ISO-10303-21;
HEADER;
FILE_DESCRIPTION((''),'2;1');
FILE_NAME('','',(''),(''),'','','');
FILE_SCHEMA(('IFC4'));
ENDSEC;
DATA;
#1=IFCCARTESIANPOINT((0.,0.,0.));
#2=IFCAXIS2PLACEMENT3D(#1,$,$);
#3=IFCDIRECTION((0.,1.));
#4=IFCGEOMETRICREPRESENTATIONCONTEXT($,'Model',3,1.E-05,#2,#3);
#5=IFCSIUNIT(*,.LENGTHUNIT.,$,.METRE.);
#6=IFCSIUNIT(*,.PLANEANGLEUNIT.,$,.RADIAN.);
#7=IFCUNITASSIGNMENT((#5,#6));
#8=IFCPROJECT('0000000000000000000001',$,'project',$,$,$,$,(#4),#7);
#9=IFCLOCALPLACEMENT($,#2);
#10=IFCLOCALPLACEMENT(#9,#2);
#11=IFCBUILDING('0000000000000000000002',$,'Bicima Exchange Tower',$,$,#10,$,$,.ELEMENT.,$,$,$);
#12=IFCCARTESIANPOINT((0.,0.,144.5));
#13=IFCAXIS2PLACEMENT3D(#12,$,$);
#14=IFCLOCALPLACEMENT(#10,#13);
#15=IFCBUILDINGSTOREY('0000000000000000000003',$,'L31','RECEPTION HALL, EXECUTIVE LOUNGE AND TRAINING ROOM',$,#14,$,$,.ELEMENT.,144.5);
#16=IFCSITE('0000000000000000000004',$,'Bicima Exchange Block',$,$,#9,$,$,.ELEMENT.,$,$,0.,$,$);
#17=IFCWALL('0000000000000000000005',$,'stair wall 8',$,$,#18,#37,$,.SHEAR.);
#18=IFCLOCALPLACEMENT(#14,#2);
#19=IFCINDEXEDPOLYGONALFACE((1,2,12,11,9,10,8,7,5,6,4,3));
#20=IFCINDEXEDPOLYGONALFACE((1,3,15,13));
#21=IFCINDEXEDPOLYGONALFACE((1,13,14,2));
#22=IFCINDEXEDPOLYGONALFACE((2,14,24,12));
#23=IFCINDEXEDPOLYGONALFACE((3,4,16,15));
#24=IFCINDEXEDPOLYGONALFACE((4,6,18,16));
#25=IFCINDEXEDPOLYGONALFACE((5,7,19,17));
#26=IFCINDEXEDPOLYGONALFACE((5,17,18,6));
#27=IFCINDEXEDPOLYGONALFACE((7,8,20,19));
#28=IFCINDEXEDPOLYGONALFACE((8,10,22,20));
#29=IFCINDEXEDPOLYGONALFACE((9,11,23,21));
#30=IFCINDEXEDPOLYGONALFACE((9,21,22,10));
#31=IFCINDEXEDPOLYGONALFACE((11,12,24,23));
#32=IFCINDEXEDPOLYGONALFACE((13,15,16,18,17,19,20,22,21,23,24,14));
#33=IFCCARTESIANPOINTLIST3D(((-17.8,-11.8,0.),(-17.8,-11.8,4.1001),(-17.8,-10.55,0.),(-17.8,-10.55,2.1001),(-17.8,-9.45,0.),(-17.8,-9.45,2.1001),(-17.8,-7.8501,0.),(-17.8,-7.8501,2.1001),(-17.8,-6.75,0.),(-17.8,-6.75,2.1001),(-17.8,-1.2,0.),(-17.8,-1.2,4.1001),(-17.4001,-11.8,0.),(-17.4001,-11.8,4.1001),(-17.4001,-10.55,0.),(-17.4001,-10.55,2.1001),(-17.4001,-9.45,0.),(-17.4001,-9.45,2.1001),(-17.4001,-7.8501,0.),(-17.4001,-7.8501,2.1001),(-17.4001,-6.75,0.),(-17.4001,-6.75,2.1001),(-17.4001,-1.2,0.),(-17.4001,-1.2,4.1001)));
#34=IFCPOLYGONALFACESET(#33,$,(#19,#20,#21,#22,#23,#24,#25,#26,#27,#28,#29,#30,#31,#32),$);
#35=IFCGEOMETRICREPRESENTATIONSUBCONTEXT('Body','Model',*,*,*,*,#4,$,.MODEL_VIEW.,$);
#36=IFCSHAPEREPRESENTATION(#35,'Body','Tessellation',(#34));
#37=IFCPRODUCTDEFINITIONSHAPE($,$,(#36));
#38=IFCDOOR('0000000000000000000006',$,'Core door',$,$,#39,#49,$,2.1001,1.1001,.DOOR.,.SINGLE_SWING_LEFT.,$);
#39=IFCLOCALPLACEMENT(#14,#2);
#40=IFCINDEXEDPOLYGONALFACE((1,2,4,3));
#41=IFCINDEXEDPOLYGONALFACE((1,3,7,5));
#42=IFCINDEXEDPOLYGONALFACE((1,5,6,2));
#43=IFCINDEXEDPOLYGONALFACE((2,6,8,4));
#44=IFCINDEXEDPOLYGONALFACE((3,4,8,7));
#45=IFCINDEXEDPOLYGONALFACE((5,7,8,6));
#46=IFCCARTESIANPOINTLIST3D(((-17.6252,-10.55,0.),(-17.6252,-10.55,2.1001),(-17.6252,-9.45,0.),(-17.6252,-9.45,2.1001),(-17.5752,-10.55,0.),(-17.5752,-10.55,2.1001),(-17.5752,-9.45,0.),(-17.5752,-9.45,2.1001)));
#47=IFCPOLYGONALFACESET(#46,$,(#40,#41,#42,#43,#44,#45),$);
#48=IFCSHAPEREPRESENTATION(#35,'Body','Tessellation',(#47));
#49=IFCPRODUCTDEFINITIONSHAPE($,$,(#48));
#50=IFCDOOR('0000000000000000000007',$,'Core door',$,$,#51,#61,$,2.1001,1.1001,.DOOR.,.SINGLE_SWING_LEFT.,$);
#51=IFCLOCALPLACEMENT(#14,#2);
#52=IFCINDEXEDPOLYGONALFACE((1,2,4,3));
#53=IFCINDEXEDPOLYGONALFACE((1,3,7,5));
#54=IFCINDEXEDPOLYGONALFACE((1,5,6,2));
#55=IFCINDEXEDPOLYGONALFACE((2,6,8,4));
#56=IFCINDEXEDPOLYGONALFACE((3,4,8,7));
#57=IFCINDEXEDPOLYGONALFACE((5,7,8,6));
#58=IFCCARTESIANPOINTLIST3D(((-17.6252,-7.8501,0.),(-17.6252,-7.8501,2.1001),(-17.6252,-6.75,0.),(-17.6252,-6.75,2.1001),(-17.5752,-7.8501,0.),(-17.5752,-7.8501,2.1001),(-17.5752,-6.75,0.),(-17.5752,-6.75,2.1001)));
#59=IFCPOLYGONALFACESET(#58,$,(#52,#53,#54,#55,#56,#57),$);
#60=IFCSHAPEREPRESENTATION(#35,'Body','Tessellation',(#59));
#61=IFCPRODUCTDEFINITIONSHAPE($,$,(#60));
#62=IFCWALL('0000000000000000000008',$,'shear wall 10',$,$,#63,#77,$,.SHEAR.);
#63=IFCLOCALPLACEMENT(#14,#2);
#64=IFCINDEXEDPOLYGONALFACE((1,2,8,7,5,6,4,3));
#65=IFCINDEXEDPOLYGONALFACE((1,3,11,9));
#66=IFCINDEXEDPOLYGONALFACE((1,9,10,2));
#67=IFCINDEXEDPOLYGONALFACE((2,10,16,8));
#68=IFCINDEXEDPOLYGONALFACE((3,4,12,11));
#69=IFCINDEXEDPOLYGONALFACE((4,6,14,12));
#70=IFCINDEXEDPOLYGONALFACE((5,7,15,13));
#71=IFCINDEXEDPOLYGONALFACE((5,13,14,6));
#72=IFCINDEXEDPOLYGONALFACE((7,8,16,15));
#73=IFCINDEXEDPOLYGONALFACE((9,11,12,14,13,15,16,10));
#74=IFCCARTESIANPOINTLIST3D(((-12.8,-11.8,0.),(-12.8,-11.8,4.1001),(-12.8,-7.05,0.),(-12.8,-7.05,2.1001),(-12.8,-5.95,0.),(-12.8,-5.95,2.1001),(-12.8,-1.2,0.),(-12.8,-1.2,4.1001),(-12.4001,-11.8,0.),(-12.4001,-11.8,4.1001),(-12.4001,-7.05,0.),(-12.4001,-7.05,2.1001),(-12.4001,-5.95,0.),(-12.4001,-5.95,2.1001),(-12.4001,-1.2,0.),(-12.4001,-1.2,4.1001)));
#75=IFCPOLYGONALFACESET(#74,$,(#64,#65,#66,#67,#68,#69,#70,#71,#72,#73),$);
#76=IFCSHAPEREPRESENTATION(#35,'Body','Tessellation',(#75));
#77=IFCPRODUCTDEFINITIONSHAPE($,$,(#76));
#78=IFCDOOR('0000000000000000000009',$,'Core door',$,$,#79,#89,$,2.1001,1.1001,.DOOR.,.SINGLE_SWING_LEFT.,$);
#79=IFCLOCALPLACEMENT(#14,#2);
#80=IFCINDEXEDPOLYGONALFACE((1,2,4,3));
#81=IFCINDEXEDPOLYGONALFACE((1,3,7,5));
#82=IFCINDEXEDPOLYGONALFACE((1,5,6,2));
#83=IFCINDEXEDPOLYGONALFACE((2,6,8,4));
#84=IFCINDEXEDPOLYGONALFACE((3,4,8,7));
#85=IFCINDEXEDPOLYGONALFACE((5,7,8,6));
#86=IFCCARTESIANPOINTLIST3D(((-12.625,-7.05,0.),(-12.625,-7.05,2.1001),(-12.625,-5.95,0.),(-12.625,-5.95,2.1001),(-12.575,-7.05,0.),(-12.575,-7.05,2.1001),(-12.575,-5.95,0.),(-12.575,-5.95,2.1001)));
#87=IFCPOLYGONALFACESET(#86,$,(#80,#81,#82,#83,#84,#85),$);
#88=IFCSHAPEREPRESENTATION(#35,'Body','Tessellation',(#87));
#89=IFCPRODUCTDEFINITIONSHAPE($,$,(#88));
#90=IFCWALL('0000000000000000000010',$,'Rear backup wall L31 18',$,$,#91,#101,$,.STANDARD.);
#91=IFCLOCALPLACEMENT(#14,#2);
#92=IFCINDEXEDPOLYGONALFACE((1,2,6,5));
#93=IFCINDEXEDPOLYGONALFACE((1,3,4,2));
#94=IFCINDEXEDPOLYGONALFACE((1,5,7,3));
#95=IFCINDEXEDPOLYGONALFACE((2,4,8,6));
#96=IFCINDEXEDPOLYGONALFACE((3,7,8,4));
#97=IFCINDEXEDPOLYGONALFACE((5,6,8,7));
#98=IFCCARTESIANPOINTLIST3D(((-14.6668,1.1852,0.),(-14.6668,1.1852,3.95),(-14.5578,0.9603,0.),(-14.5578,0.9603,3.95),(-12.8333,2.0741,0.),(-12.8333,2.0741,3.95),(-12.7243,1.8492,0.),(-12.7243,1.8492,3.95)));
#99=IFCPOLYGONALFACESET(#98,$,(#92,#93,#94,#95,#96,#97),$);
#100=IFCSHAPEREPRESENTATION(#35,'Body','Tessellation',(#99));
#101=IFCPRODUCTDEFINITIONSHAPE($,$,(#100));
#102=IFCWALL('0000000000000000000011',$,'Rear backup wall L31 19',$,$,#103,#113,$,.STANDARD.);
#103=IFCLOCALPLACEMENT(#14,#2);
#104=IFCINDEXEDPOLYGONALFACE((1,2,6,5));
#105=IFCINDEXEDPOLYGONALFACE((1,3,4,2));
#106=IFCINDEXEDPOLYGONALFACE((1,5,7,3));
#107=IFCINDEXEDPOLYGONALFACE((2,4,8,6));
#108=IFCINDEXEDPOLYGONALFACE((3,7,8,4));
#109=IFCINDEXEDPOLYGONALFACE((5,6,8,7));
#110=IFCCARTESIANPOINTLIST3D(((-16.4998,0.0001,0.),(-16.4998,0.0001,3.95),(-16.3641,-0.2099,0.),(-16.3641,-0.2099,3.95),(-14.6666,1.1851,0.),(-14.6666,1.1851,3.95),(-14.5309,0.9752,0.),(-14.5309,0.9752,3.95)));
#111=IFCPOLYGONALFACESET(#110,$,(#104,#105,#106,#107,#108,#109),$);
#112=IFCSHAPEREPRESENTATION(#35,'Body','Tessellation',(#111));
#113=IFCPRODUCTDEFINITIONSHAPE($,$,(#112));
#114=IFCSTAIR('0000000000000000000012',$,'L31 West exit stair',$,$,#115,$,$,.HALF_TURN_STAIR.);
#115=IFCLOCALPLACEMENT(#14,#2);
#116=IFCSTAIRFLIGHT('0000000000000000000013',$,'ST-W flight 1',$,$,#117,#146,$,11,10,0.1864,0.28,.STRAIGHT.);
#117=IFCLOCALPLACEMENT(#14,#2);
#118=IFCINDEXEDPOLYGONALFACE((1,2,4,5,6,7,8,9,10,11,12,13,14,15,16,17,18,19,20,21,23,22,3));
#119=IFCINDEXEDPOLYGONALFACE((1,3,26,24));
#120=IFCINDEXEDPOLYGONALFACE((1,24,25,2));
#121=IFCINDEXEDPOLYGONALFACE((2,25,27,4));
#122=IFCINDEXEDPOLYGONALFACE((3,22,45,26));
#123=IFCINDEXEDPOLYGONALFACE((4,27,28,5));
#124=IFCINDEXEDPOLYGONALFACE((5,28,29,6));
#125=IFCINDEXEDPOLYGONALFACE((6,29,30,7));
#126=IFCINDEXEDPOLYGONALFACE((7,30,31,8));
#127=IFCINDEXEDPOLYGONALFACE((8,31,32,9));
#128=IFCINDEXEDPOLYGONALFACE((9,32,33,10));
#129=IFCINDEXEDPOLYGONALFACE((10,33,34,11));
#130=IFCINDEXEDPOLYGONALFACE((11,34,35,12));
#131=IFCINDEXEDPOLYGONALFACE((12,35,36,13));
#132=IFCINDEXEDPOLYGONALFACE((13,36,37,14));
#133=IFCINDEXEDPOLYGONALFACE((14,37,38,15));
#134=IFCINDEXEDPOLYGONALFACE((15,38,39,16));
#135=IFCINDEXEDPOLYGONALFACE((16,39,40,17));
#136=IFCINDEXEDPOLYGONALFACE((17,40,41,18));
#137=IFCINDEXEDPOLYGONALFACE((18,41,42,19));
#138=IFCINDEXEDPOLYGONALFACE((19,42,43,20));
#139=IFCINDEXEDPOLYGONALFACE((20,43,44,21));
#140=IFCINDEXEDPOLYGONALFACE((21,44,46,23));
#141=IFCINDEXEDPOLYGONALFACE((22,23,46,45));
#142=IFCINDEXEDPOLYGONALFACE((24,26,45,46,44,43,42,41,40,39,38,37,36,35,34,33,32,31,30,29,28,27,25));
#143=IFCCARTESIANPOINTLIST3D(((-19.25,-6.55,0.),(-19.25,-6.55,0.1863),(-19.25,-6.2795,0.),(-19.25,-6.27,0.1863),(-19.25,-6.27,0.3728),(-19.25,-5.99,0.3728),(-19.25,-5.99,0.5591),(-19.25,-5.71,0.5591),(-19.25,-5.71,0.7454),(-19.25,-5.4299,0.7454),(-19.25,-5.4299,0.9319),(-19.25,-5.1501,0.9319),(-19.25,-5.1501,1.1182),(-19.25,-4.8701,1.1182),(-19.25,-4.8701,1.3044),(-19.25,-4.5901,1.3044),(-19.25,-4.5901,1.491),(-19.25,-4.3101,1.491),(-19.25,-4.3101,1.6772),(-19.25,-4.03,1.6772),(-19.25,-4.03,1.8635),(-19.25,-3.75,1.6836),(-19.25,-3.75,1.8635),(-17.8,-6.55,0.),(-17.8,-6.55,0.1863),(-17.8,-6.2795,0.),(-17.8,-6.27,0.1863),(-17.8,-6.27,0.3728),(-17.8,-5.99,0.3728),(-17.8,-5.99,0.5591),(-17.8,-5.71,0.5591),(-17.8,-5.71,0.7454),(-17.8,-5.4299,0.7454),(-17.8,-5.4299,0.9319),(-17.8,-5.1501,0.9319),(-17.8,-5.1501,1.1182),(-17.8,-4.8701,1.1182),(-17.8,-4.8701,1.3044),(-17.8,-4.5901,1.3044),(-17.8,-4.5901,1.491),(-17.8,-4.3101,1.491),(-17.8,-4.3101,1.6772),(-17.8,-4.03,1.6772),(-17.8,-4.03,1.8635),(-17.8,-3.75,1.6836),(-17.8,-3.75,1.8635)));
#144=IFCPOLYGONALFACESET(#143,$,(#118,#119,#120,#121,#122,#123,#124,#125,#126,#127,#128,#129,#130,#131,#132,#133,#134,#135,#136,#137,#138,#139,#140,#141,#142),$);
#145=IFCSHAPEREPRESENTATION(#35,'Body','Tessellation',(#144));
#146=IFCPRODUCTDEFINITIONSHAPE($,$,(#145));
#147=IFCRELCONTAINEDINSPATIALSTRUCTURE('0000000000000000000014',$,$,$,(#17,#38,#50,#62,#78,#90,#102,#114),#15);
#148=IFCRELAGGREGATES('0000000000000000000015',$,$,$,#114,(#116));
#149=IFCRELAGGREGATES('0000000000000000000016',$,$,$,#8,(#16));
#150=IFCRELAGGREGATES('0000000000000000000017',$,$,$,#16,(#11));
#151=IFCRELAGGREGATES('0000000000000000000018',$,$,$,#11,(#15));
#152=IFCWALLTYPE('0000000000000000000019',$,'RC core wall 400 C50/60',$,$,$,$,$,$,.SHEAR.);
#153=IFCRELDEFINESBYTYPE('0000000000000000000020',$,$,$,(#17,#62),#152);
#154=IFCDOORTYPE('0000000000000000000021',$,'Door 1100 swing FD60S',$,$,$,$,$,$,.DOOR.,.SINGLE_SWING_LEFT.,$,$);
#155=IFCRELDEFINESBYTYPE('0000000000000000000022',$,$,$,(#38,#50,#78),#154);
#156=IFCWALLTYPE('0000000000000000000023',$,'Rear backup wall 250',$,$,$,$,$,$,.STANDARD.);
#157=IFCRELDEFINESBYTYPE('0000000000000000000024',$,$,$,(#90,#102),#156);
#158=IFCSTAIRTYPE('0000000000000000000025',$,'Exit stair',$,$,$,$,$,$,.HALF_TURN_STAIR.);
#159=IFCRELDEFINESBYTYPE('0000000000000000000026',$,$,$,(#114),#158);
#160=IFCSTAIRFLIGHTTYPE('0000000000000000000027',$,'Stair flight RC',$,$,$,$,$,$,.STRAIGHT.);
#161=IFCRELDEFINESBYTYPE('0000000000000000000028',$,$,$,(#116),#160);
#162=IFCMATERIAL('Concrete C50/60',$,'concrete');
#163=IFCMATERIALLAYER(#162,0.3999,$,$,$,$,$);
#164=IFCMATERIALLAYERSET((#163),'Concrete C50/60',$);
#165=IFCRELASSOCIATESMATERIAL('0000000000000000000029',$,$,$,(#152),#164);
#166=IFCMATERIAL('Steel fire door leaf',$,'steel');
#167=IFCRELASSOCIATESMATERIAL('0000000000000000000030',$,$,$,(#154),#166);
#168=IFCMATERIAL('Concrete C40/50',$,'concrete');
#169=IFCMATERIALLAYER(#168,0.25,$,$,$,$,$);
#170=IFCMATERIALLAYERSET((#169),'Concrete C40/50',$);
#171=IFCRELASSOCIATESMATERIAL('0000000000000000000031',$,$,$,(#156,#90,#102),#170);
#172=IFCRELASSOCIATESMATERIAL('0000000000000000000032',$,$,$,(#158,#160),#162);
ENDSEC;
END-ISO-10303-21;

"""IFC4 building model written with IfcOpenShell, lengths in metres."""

from ifc_helpers import new_model, si_unit, direction, frame, frame_2d, origin, place, context, subcontext, project, spatial, polyline, rectangle, outline, extrude, material, layer, layer_set, layer_usage, type_object, element, fill, aggregate, save


model = new_model("IFC4")

# Units and contexts
model_context = context("Model", 3, precision=1e-05, world=origin(), true_north=direction((0.0, 1.0)))
body_context = subcontext(model_context, "Body", "Model", "MODEL_VIEW")
ifc_project = project(units=[si_unit("LENGTHUNIT", "METRE"), si_unit("PLANEANGLEUNIT", "RADIAN")], contexts=[model_context])

# Site, building, storey
site_placement = place(None, origin())
site = spatial("IfcSite", under=ifc_project, at=site_placement, Name="Bicima Exchange Block", CompositionType="ELEMENT", RefElevation=0.0)
building_placement = place(site_placement, origin())
building = spatial("IfcBuilding", under=site, at=building_placement, Name="Bicima Exchange Tower", CompositionType="ELEMENT")
storey_placement = place(building_placement, frame((0.0, 0.0, 144.5)))
storey = spatial("IfcBuildingStorey", under=building, at=storey_placement, Name="L31", Description="RECEPTION HALL, EXECUTIVE LOUNGE AND TRAINING ROOM", CompositionType="ELEMENT", Elevation=144.5)

# Shared definitions
ifc_material_1 = material(Name="Concrete C50/60", Category="concrete")
ifc_layer_1 = layer(ifc_material_1, 0.3999)
ifc_layer_set_1 = layer_set([ifc_layer_1], Name="Concrete C50/60")
wall_type_1 = type_object("IfcWallType", Name="RC core wall 400 C50/60", PredefinedType="SHEAR", material=ifc_layer_set_1)
ifc_material_2 = material(Name="Steel fire door leaf", Category="steel")

# Wall, openings, doors
wall_1_placement = place(storey_placement, frame((-17.6001, -11.8, 0.0), z_axis=(0.0, 0.0, 1.0), x_axis=(0.0, 1.0, 0.0)))
wall_1 = element("IfcWall", 1, at=wall_1_placement, inside=storey, type_object=wall_type_1, Name="stair wall 8", PredefinedType="SHEAR", context=body_context, shape_type="SweptSolid", body=[
    extrude(rectangle(XDim=10.6001, YDim=0.3999, at=frame_2d((5.3, 0.0))), origin(), (0.0, 0.0, 1.0), 4.1001),
])
opening_1_placement = place(wall_1_placement, frame((1.25, 0.0, 0.0)))
opening_1 = element("IfcOpeningElement", 2, at=opening_1_placement, cuts=wall_1, PredefinedType="OPENING", context=body_context, shape_type="SweptSolid", body=[
    extrude(rectangle(XDim=1.1001, YDim=2.1001, at=frame_2d((0.55, 1.05))), frame((0.0, 0.2119, 0.0), z_axis=(0.0, -1.0, 0.0), x_axis=(1.0, 0.0, 0.0)), (0.0, 0.0, 1.0), 0.4238),
])
opening_2_placement = place(wall_1_placement, frame((3.95, 0.0, 0.0)))
opening_2 = element("IfcOpeningElement", 3, at=opening_2_placement, cuts=wall_1, PredefinedType="OPENING", context=body_context, shape_type="SweptSolid", body=[
    extrude(rectangle(XDim=1.1001, YDim=2.1001, at=frame_2d((0.55, 1.05))), frame((0.0, 0.2119, 0.0), z_axis=(0.0, -1.0, 0.0), x_axis=(1.0, 0.0, 0.0)), (0.0, 0.0, 1.0), 0.4238),
])
door_type_1 = type_object("IfcDoorType", Name="Door 1100 swing FD60S", OperationType="SINGLE_SWING_LEFT", PredefinedType="DOOR", material=ifc_material_2)
door_1_placement = place(opening_1_placement, frame((1.1001, 0.0, 0.0), z_axis=(0.0, 0.0, 1.0), x_axis=(-1.0, 0.0, 0.0)))
door_1 = element("IfcDoor", 4, at=door_1_placement, inside=storey, type_object=door_type_1, Name="Core door", OperationType="SINGLE_SWING_LEFT", OverallHeight=2.1001, OverallWidth=1.1001, PredefinedType="DOOR", context=body_context, shape_type="SweptSolid", body=[
    extrude(rectangle(XDim=1.1001, YDim=2.1001, at=frame_2d((0.55, 1.05))), frame((0.0, 0.0249, 0.0), z_axis=(0.0, -1.0, 0.0), x_axis=(1.0, 0.0, 0.0)), (0.0, 0.0, 1.0), 0.05),
])
fill(opening_1, door_1)
door_2_placement = place(opening_2_placement, frame((1.1001, 0.0, 0.0), z_axis=(0.0, 0.0, 1.0), x_axis=(-1.0, 0.0, 0.0)))
door_2 = element("IfcDoor", 5, at=door_2_placement, inside=storey, type_object=door_type_1, Name="Core door", OperationType="SINGLE_SWING_LEFT", OverallHeight=2.1001, OverallWidth=1.1001, PredefinedType="DOOR", context=body_context, shape_type="SweptSolid", body=[
    extrude(rectangle(XDim=1.1001, YDim=2.1001, at=frame_2d((0.55, 1.05))), frame((0.0, 0.0249, 0.0), z_axis=(0.0, -1.0, 0.0), x_axis=(1.0, 0.0, 0.0)), (0.0, 0.0, 1.0), 0.05),
])
fill(opening_2, door_2)

# Wall, opening, door
wall_2_placement = place(storey_placement, frame((-12.6001, -11.8, 0.0), z_axis=(0.0, 0.0, 1.0), x_axis=(0.0, 1.0, 0.0)))
wall_2 = element("IfcWall", 6, at=wall_2_placement, inside=storey, type_object=wall_type_1, Name="shear wall 10", PredefinedType="SHEAR", context=body_context, shape_type="SweptSolid", body=[
    extrude(rectangle(XDim=10.6001, YDim=0.3999, at=frame_2d((5.3, 0.0))), origin(), (0.0, 0.0, 1.0), 4.1001),
])
opening_3_placement = place(wall_2_placement, frame((4.75, 0.0, 0.0)))
opening_3 = element("IfcOpeningElement", 7, at=opening_3_placement, cuts=wall_2, PredefinedType="OPENING", context=body_context, shape_type="SweptSolid", body=[
    extrude(rectangle(XDim=1.1001, YDim=2.1001, at=frame_2d((0.55, 1.05))), frame((0.0, 0.2119, 0.0), z_axis=(0.0, -1.0, 0.0), x_axis=(1.0, 0.0, 0.0)), (0.0, 0.0, 1.0), 0.4238),
])
door_3_placement = place(opening_3_placement, origin())
door_3 = element("IfcDoor", 8, at=door_3_placement, inside=storey, type_object=door_type_1, Name="Core door", OperationType="SINGLE_SWING_LEFT", OverallHeight=2.1001, OverallWidth=1.1001, PredefinedType="DOOR", context=body_context, shape_type="SweptSolid", body=[
    extrude(rectangle(XDim=1.1001, YDim=2.1001, at=frame_2d((0.55, 1.05))), frame((0.0, 0.0249, 0.0), z_axis=(0.0, -1.0, 0.0), x_axis=(1.0, 0.0, 0.0)), (0.0, 0.0, 1.0), 0.05),
])
fill(opening_3, door_3)

# Walls
ifc_material_3 = material(Name="Concrete C40/50", Category="concrete")
ifc_layer_2 = layer(ifc_material_3, 0.25)
ifc_layer_set_2 = layer_set([ifc_layer_2], Name="Concrete C40/50")
ifc_layer_usage = layer_usage(ifc_layer_set_2, "AXIS2", "POSITIVE", -0.125)
wall_type_2 = type_object("IfcWallType", Name="Rear backup wall 250", PredefinedType="STANDARD", material=ifc_layer_set_2)
wall_3_placement = place(storey_placement, frame((-12.7788, 1.9617, 0.0), z_axis=(0.0, 0.0, 1.0), x_axis=(-0.899824, -0.436253, 0.0)))
element("IfcWall", 9, at=wall_3_placement, inside=storey, type_object=wall_type_2, material=ifc_layer_usage, Name="Rear backup wall L31 18", PredefinedType="STANDARD", context=body_context, shape_type="SweptSolid", body=[
    extrude(rectangle(XDim=2.0376, YDim=0.25, at=frame_2d((1.0188, 0.0))), origin(), (0.0, 0.0, 1.0), 3.95),
])
wall_4_placement = place(storey_placement, frame((-14.5989, 1.0801, 0.0), z_axis=(0.0, 0.0, 1.0), x_axis=(-0.839813, -0.542876, 0.0)))
element("IfcWall", 10, at=wall_4_placement, inside=storey, type_object=wall_type_2, material=ifc_layer_usage, Name="Rear backup wall L31 19", PredefinedType="STANDARD", context=body_context, shape_type="SweptSolid", body=[
    extrude(rectangle(XDim=2.1829, YDim=0.25, at=frame_2d((1.0913, 0.0))), origin(), (0.0, 0.0, 1.0), 3.95),
])

# Stair, stair flight
stair_type = type_object("IfcStairType", Name="Exit stair", PredefinedType="HALF_TURN_STAIR", material=ifc_material_1)
stair_placement = place(storey_placement, origin())
stair = element("IfcStair", 11, at=stair_placement, inside=storey, type_object=stair_type, Name="L31 West exit stair", PredefinedType="HALF_TURN_STAIR")
stair_flight_type = type_object("IfcStairFlightType", Name="Stair flight RC", PredefinedType="STRAIGHT", material=ifc_material_1)
stair_flight_1_placement = place(storey_placement, frame((-18.5249, -6.55, 0.0), z_axis=(0.0, 0.0, 1.0), x_axis=(0.0, 1.0, 0.0)))
stair_flight_1 = element("IfcStairFlight", 12, at=stair_flight_1_placement, type_object=stair_flight_type, Name="ST-W flight 1", NumberOfRisers=11, NumberOfTreads=10, PredefinedType="STRAIGHT", RiserHeight=0.1864, TreadLength=0.28, context=body_context, shape_type="SweptSolid", body=[
    extrude(outline(polyline([(0.0, 0.0), (0.0, 0.1863), (0.28, 0.1863), (0.28, 0.3728), (0.5601, 0.3728), (0.5601, 0.5591), (0.8401, 0.5591), (0.8401, 0.7454), (1.1201, 0.7454), (1.1201, 0.9319), (1.3999, 0.9319), (1.3999, 1.1182), (1.6799, 1.1182), (1.6799, 1.3044), (1.96, 1.3044), (1.96, 1.491), (2.24, 1.491), (2.24, 1.6772), (2.52, 1.6772), (2.52, 1.8635), (2.8, 1.8635), (2.8, 2.05), (2.8, 1.6836), (0.2705, 0.0), (0.0, 0.0)])), frame((0.0, 0.7251, 0.0), z_axis=(0.0, -1.0, 0.0), x_axis=(1.0, 0.0, 0.0)), (0.0, 0.0, 1.0), 1.45),
])
aggregate(stair, [stair_flight_1])

save(model, "model.ifc")
